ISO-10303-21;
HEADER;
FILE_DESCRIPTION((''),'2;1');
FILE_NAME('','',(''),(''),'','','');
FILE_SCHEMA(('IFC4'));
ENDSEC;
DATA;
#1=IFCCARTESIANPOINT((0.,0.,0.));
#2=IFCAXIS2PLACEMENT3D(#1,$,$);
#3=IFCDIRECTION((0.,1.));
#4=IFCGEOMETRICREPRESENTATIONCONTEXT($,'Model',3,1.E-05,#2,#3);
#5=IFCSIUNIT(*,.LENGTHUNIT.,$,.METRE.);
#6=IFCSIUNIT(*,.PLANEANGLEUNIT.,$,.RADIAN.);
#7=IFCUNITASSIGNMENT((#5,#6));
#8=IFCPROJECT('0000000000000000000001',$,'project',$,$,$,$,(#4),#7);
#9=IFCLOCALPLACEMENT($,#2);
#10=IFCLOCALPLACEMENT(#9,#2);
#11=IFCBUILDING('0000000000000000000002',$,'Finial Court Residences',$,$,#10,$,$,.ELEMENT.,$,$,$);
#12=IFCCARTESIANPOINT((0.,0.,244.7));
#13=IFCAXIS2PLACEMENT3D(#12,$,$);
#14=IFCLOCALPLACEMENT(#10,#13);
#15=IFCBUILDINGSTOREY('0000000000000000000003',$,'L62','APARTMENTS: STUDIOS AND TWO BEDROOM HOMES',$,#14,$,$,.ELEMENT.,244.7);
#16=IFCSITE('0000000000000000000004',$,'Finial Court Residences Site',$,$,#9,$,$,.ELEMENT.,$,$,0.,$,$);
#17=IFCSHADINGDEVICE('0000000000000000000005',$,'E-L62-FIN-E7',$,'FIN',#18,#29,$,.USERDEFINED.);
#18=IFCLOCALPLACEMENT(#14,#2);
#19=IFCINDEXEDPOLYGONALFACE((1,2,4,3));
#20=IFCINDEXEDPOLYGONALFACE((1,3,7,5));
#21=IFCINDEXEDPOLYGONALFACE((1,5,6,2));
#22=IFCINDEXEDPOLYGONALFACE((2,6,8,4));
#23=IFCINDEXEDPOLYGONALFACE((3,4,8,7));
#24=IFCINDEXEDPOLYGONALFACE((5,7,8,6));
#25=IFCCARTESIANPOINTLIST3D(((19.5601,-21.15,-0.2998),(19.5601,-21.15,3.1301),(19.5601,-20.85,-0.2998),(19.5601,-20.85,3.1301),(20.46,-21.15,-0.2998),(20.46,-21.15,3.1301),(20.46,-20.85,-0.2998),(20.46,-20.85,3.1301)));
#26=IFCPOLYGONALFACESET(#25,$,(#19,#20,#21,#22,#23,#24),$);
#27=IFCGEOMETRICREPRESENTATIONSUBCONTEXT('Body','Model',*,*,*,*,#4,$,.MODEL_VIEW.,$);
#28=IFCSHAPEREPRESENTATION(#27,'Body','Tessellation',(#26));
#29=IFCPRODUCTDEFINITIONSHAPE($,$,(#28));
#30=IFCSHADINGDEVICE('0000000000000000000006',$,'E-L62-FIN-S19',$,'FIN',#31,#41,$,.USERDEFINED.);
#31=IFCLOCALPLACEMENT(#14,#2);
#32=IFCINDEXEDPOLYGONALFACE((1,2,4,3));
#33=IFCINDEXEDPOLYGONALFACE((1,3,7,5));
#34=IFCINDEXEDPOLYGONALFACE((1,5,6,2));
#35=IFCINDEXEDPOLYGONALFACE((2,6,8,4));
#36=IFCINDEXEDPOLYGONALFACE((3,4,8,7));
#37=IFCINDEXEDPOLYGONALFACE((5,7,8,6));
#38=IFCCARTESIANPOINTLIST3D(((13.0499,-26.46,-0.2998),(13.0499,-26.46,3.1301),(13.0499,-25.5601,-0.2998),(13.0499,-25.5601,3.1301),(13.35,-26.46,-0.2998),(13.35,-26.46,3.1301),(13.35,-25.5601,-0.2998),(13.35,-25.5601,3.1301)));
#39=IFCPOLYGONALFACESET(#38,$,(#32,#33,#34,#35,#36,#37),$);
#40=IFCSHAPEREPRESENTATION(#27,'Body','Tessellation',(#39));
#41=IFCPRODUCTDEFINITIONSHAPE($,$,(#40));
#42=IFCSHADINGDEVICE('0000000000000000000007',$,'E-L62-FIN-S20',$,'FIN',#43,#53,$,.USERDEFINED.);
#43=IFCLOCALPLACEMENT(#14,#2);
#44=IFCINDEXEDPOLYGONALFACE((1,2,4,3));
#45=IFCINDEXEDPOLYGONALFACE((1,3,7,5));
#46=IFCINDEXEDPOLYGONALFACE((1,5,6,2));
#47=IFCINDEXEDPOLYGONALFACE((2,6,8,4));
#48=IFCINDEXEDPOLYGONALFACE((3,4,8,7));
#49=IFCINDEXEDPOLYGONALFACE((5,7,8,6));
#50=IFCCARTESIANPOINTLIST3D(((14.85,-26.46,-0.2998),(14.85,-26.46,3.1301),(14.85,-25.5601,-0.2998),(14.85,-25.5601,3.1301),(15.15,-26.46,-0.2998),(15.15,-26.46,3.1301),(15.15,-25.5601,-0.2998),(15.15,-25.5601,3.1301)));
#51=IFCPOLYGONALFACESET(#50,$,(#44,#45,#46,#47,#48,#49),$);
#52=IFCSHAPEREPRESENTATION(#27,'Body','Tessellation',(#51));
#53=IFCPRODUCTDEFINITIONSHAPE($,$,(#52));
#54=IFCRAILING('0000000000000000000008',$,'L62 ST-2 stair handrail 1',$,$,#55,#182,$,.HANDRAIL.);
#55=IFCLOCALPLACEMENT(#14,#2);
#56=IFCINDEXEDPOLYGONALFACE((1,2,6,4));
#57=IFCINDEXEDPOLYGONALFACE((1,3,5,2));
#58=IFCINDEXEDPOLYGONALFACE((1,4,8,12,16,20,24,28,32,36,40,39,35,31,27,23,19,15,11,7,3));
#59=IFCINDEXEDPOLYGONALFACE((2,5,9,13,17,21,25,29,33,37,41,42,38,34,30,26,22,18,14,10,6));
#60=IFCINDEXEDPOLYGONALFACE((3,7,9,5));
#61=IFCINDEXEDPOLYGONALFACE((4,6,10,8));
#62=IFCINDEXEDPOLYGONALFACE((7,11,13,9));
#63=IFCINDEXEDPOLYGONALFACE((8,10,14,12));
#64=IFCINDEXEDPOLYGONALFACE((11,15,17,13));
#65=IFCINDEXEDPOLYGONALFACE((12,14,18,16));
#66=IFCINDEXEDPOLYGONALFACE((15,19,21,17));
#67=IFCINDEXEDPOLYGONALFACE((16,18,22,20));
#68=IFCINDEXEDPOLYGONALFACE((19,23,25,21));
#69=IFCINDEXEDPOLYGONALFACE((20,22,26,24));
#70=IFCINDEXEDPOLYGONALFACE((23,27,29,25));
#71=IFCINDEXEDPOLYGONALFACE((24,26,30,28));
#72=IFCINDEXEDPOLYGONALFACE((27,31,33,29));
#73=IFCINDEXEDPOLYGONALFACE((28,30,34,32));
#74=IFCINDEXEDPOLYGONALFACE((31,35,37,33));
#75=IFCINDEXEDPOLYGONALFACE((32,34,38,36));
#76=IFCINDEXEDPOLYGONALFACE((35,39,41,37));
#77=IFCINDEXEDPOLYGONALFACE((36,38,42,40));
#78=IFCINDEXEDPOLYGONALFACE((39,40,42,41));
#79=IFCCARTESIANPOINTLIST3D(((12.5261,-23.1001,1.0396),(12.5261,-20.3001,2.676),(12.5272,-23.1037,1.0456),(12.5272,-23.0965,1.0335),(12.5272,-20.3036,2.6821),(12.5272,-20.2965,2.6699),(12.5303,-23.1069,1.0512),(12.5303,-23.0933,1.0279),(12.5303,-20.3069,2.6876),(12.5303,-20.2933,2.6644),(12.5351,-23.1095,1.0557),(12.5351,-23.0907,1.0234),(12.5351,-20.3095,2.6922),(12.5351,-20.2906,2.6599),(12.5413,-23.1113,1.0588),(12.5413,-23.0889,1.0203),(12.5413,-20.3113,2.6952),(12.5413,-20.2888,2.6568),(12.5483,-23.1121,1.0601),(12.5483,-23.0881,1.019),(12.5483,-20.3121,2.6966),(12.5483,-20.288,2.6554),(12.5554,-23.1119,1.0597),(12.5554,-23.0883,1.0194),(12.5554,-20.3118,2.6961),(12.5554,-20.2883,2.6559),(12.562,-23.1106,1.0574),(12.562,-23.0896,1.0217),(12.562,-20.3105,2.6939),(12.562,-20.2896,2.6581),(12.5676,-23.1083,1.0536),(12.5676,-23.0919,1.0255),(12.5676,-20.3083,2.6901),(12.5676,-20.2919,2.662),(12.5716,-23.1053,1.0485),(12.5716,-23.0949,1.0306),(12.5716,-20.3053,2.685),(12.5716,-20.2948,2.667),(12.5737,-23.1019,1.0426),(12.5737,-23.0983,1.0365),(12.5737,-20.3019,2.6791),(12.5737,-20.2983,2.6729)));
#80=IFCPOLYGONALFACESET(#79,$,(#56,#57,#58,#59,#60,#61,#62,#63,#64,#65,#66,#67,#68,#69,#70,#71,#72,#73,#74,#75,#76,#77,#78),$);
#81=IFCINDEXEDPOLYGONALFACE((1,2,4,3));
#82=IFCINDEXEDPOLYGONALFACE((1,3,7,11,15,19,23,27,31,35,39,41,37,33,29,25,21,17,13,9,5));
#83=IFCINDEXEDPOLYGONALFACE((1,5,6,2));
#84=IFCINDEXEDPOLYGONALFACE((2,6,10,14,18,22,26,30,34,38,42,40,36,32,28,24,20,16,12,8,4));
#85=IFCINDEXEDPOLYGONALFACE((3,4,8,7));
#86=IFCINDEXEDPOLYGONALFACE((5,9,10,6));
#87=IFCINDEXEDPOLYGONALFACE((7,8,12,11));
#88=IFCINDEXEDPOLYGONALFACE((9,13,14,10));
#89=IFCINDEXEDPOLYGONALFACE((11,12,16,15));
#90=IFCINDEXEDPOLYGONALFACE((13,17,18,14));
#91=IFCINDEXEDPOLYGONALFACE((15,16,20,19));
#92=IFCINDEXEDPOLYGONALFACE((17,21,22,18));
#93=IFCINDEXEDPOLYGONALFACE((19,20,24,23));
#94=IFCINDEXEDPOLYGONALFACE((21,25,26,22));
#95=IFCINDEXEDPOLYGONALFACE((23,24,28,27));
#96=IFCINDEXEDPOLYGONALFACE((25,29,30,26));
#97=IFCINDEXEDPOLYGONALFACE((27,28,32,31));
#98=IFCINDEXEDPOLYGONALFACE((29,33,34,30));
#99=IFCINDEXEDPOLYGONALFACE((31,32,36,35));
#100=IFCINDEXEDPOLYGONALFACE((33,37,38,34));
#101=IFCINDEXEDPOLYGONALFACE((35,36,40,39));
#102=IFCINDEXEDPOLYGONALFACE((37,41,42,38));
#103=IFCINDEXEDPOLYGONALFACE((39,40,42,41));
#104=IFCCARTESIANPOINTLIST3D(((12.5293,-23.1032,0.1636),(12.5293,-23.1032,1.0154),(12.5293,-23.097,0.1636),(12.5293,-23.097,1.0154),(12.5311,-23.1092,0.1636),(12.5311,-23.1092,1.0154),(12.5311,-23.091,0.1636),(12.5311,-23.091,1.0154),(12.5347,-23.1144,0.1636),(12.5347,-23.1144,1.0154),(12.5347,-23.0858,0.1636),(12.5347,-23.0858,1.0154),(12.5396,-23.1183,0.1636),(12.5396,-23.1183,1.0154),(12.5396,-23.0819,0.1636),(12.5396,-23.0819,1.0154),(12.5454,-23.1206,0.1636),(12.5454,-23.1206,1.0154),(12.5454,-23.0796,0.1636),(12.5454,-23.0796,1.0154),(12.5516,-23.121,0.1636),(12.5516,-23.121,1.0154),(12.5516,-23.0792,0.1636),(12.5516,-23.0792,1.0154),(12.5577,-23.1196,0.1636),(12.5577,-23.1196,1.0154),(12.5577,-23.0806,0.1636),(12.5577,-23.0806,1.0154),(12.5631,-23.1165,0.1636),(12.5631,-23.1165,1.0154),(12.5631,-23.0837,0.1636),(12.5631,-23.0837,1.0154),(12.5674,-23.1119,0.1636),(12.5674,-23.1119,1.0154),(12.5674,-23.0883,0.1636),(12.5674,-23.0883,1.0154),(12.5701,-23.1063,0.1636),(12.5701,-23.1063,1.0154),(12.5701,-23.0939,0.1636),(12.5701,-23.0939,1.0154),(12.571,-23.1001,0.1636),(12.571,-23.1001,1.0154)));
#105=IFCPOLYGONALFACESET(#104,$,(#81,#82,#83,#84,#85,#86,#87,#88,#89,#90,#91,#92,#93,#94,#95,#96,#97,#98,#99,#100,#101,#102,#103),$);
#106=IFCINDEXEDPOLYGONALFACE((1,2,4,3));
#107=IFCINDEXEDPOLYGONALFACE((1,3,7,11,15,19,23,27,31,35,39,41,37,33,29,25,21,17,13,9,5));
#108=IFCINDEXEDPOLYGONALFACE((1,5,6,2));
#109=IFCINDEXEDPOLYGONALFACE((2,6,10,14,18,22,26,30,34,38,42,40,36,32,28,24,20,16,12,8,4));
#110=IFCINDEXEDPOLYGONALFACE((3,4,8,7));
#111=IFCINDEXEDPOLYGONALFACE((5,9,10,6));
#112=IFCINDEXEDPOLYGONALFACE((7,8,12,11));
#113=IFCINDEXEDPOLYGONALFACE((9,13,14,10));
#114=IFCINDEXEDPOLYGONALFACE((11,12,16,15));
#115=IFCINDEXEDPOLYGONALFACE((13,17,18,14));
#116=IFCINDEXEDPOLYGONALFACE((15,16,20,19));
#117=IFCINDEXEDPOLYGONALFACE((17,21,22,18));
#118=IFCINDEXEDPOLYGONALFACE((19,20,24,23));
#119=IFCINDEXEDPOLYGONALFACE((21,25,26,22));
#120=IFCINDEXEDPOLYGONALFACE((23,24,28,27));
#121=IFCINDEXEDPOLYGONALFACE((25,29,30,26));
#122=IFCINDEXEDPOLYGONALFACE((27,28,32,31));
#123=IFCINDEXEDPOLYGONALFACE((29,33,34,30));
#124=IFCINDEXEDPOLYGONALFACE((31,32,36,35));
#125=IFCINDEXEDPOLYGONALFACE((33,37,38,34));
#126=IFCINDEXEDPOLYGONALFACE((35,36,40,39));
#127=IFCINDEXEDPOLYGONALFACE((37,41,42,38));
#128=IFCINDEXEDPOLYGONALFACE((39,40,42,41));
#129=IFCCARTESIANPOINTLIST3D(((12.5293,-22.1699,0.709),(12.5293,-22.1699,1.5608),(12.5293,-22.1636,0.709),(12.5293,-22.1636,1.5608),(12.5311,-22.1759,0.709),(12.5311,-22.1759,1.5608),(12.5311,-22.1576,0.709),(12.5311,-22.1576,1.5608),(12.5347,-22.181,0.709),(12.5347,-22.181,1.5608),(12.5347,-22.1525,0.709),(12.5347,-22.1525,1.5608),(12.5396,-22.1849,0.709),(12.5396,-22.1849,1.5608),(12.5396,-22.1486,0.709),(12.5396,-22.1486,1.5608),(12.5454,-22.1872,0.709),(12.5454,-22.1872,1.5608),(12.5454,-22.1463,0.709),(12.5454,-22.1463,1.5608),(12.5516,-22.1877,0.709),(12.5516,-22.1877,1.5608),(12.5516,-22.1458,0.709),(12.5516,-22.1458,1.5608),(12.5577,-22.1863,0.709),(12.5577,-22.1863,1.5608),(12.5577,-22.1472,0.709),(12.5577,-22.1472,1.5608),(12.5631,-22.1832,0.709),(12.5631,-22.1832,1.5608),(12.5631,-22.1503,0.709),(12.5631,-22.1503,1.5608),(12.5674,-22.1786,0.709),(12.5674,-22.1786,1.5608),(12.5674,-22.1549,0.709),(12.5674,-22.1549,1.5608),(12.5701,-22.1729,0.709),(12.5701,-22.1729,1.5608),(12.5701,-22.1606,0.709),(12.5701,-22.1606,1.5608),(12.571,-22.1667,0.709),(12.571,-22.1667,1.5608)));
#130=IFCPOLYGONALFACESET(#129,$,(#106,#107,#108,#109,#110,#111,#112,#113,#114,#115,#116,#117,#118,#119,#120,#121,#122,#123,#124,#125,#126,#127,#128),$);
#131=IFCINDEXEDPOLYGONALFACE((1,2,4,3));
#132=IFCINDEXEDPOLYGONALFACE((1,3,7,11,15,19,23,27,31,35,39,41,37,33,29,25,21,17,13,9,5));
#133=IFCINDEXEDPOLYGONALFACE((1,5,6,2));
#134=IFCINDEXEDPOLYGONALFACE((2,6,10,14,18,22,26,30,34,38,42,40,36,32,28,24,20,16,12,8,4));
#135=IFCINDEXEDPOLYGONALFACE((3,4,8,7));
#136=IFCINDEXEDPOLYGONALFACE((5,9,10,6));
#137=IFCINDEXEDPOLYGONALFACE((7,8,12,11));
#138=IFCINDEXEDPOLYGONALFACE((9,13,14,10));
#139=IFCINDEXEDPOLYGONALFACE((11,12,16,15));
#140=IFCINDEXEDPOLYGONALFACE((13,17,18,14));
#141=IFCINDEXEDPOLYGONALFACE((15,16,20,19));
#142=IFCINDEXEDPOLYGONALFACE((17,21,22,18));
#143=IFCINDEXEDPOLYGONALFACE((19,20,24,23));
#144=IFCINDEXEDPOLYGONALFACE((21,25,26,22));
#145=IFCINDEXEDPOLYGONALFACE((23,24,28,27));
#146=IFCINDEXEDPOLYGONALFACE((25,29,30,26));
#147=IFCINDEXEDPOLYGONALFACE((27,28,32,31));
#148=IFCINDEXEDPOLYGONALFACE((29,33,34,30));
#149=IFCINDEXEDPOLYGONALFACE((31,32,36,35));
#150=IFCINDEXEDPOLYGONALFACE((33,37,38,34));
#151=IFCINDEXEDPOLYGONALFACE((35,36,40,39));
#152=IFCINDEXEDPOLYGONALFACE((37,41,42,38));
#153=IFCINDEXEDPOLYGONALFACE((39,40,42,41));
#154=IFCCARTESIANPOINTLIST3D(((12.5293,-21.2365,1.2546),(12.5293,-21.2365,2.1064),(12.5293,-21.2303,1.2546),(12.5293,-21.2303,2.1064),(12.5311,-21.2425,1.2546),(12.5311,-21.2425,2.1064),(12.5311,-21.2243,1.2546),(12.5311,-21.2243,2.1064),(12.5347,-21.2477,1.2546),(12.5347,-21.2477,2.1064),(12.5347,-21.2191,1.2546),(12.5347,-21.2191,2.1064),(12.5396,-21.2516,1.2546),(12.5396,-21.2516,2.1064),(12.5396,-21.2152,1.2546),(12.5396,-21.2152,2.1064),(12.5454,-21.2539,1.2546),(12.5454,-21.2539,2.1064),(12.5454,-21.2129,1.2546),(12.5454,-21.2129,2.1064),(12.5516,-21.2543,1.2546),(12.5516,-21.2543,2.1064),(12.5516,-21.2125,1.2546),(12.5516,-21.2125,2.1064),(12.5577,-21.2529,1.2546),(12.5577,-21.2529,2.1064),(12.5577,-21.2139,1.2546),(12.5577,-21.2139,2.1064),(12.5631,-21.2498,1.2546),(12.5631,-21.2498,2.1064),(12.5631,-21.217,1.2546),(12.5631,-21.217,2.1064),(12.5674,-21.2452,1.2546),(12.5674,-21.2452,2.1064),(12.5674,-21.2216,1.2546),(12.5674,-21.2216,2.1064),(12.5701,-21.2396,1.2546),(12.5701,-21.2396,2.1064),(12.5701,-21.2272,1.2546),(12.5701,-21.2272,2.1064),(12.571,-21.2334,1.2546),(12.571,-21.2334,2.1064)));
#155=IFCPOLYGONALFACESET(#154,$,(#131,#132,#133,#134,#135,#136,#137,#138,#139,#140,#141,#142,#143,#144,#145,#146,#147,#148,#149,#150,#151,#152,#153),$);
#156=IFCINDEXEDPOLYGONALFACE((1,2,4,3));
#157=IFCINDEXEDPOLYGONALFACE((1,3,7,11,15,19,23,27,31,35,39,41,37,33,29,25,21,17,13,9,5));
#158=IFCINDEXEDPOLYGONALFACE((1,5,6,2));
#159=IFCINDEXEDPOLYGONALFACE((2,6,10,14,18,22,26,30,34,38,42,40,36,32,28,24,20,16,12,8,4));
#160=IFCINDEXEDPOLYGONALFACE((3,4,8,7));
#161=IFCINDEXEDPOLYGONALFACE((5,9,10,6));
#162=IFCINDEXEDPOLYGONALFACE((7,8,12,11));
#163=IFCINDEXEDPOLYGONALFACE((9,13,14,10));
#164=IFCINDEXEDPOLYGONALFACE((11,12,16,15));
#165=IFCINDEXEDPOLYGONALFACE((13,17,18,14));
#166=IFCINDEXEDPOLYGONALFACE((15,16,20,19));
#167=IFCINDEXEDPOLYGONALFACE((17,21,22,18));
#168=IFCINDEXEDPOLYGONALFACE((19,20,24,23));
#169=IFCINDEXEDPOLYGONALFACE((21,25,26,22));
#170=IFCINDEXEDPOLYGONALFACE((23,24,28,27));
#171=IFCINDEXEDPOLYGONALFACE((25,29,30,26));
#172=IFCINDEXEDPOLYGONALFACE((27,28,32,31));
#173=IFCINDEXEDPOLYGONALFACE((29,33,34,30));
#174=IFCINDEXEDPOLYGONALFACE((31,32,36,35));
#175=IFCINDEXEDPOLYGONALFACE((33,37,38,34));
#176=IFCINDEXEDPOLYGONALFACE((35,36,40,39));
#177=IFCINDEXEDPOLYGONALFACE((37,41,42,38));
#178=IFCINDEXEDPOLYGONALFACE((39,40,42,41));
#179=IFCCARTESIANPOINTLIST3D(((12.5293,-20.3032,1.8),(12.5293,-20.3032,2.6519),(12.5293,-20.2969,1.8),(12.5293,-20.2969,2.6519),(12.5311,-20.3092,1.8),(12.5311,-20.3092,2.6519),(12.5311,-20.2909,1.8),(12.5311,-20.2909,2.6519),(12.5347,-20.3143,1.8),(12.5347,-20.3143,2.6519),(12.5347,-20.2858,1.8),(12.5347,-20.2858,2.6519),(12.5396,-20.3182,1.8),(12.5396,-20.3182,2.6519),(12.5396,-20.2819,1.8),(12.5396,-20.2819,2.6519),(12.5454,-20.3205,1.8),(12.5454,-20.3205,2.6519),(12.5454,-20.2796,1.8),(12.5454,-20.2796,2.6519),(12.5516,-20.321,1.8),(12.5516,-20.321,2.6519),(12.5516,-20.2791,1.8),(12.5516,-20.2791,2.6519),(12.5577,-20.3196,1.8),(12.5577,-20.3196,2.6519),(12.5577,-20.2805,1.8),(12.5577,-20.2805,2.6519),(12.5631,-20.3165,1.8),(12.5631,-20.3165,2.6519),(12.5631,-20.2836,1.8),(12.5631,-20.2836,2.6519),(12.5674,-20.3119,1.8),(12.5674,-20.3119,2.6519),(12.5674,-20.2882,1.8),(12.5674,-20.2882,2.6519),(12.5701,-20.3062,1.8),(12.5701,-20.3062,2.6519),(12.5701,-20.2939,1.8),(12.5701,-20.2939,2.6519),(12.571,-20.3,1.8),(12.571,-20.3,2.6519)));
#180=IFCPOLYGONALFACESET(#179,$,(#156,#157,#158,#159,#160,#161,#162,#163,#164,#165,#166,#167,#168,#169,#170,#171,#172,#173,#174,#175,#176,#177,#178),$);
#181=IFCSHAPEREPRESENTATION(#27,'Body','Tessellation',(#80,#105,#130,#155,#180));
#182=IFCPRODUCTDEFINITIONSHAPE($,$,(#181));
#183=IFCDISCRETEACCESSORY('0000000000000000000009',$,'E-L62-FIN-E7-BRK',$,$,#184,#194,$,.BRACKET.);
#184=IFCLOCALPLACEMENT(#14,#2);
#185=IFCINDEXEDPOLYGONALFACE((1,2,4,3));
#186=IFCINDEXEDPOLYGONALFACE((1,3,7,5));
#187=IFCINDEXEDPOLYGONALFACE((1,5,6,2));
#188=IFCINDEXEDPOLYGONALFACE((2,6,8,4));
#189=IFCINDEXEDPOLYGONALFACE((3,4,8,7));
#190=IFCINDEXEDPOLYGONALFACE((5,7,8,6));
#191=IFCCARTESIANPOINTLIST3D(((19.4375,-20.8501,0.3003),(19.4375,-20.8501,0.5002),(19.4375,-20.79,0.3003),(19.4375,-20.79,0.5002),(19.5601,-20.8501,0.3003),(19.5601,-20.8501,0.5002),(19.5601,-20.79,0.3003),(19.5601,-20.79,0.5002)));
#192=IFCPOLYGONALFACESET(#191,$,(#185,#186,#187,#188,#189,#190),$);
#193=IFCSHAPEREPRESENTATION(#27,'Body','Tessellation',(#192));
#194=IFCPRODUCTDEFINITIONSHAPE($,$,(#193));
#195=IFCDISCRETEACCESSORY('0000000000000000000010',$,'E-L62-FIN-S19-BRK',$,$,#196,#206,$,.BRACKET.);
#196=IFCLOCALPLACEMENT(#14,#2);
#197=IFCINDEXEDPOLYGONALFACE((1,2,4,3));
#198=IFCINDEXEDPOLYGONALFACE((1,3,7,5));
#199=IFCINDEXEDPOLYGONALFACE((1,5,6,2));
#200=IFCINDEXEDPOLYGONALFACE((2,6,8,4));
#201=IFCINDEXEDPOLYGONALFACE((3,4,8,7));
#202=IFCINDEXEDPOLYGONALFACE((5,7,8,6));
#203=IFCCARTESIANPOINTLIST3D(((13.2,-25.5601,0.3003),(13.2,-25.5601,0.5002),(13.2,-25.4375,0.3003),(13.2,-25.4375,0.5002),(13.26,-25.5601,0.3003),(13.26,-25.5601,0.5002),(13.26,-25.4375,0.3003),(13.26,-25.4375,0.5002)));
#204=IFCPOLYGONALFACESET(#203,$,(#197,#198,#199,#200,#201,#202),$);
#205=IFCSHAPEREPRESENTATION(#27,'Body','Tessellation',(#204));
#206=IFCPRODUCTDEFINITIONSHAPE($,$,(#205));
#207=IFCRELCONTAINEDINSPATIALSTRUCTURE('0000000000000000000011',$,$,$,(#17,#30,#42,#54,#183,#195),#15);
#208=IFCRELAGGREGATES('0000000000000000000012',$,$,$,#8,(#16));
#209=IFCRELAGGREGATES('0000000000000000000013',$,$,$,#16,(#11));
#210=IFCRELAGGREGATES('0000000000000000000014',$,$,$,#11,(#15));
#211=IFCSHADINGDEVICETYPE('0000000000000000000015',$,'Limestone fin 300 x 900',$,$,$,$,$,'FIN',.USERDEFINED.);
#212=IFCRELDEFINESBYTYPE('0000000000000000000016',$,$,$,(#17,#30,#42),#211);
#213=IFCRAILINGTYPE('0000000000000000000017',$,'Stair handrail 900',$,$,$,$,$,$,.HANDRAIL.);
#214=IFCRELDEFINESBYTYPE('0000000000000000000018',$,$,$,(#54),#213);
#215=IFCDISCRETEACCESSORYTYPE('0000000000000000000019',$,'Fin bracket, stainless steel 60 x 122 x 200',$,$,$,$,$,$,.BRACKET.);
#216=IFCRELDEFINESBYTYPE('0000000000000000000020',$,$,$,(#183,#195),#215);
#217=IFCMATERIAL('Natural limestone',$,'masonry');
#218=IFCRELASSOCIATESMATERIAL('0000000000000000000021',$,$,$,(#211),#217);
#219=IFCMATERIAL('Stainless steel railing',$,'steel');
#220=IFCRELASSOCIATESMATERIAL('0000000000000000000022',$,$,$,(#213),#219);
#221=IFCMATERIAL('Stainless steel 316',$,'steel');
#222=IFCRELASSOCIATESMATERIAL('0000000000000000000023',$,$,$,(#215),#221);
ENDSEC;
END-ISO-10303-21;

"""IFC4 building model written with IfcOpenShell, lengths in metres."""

from ifc_helpers import new_model, si_unit, direction, frame, origin, origin_2d, place, context, subcontext, project, spatial, rectangle, circle, extrude, material, type_object, element, save


model = new_model("IFC4")

# Units and contexts
model_context = context("Model", 3, precision=1e-05, world=origin(), true_north=direction((0.0, 1.0)))
body_context = subcontext(model_context, "Body", "Model", "MODEL_VIEW")
ifc_project = project(units=[si_unit("LENGTHUNIT", "METRE"), si_unit("PLANEANGLEUNIT", "RADIAN")], contexts=[model_context])

# Site, building, storey
site_placement = place(None, origin())
site = spatial("IfcSite", under=ifc_project, at=site_placement, Name="Finial Court Residences Site", CompositionType="ELEMENT", RefElevation=0.0)
building_placement = place(site_placement, origin())
building = spatial("IfcBuilding", under=site, at=building_placement, Name="Finial Court Residences", CompositionType="ELEMENT")
storey_placement = place(building_placement, frame((0.0, 0.0, 244.7)))
storey = spatial("IfcBuildingStorey", under=building, at=storey_placement, Name="L62", Description="APARTMENTS: STUDIOS AND TWO BEDROOM HOMES", CompositionType="ELEMENT", Elevation=244.7)

# Shared definitions
ifc_material_1 = material(Name="Natural limestone", Category="masonry")

# Shading devices
shading_device_type = type_object("IfcShadingDeviceType", Name="Limestone fin 300 x 900", ElementType="FIN", PredefinedType="USERDEFINED", material=ifc_material_1)
shading_device_placement = place(storey_placement, frame((20.01, -21.0, -0.2998), z_axis=(0.0, 0.0, 1.0), x_axis=(1.0, 0.0, 0.0)))
element("IfcShadingDevice", 1, at=shading_device_placement, inside=storey, type_object=shading_device_type, Name="E-L62-FIN-E7", ObjectType="FIN", PredefinedType="USERDEFINED", context=body_context, shape_type="SweptSolid", body=[
    extrude(rectangle(XDim=0.8999, YDim=0.3, at=origin_2d()), origin(), (0.0, 0.0, 1.0), 3.4299),
])
for number, where, z_axis, x_axis, name in (
    (2, (13.2, -26.01, -0.2998), (0.0, 0.0, 1.0), (1.0, 0.0, 0.0), "E-L62-FIN-S19"),
    (3, (15.0, -26.01, -0.2998), (0.0, 0.0, 1.0), (1.0, 0.0, 0.0), "E-L62-FIN-S20"),
):
    element("IfcShadingDevice", number, at=place(storey_placement, frame(where, z_axis=z_axis, x_axis=x_axis)), inside=storey, type_object=shading_device_type, Name=name, ObjectType="FIN", PredefinedType="USERDEFINED", context=body_context, shape_type="SweptSolid", body=[
        extrude(rectangle(XDim=0.3, YDim=0.8999, at=origin_2d()), origin(), (0.0, 0.0, 1.0), 3.4299),
    ])

# Railing
ifc_material_2 = material(Name="Stainless steel railing", Category="steel")
railing_type = type_object("IfcRailingType", Name="Stair handrail 900", PredefinedType="HANDRAIL", material=ifc_material_2)
railing_placement = place(storey_placement, frame((12.55, -23.1001, 0.1636)))
element("IfcRailing", 4, at=railing_placement, inside=storey, type_object=railing_type, Name="L62 ST-2 stair handrail 1", PredefinedType="HANDRAIL", context=body_context, shape_type="SweptSolid", body=[
    extrude(circle(Radius=0.0239, at=origin_2d()), frame((0.0, 0.0, 0.876), z_axis=(0.0, 0.863361, 0.504587), x_axis=(-1.0, 0.0, 0.0)), (0.0, 0.0, 1.0), 3.2432),
    extrude(circle(Radius=0.021, at=origin_2d()), origin(), (0.0, 0.0, 1.0), 0.8518),
    extrude(circle(Radius=0.021, at=origin_2d()), frame((0.0, 0.9333, 0.5454)), (0.0, 0.0, 1.0), 0.8518),
    extrude(circle(Radius=0.021, at=origin_2d()), frame((0.0, 1.8667, 1.0911)), (0.0, 0.0, 1.0), 0.8518),
    extrude(circle(Radius=0.021, at=origin_2d()), frame((0.0, 2.8, 1.6365)), (0.0, 0.0, 1.0), 0.8518),
])

# Discrete accessories
ifc_material_3 = material(Name="Stainless steel 316", Category="steel")
discrete_accessory_type = type_object("IfcDiscreteAccessoryType", Name="Fin bracket, stainless steel 60 x 122 x 200", PredefinedType="BRACKET", material=ifc_material_3)
discrete_accessory_placement = place(storey_placement, frame((19.4988, -20.8201, 0.3003), z_axis=(0.0, 0.0, 1.0), x_axis=(1.0, 0.0, 0.0)))
element("IfcDiscreteAccessory", 5, at=discrete_accessory_placement, inside=storey, type_object=discrete_accessory_type, Name="E-L62-FIN-E7-BRK", PredefinedType="BRACKET", context=body_context, shape_type="SweptSolid", body=[
    extrude(rectangle(XDim=0.1226, YDim=0.0601, at=origin_2d()), origin(), (0.0, 0.0, 1.0), 0.2),
])
for number, where, z_axis, x_axis, name in (
    (6, (13.23, -25.4988, 0.3003), (0.0, 0.0, 1.0), (1.0, 0.0, 0.0), "E-L62-FIN-S19-BRK"),
):
    element("IfcDiscreteAccessory", number, at=place(storey_placement, frame(where, z_axis=z_axis, x_axis=x_axis)), inside=storey, type_object=discrete_accessory_type, Name=name, PredefinedType="BRACKET", context=body_context, shape_type="SweptSolid", body=[
        extrude(rectangle(XDim=0.0601, YDim=0.1226, at=origin_2d()), origin(), (0.0, 0.0, 1.0), 0.2),
    ])

save(model, "model.ifc")
